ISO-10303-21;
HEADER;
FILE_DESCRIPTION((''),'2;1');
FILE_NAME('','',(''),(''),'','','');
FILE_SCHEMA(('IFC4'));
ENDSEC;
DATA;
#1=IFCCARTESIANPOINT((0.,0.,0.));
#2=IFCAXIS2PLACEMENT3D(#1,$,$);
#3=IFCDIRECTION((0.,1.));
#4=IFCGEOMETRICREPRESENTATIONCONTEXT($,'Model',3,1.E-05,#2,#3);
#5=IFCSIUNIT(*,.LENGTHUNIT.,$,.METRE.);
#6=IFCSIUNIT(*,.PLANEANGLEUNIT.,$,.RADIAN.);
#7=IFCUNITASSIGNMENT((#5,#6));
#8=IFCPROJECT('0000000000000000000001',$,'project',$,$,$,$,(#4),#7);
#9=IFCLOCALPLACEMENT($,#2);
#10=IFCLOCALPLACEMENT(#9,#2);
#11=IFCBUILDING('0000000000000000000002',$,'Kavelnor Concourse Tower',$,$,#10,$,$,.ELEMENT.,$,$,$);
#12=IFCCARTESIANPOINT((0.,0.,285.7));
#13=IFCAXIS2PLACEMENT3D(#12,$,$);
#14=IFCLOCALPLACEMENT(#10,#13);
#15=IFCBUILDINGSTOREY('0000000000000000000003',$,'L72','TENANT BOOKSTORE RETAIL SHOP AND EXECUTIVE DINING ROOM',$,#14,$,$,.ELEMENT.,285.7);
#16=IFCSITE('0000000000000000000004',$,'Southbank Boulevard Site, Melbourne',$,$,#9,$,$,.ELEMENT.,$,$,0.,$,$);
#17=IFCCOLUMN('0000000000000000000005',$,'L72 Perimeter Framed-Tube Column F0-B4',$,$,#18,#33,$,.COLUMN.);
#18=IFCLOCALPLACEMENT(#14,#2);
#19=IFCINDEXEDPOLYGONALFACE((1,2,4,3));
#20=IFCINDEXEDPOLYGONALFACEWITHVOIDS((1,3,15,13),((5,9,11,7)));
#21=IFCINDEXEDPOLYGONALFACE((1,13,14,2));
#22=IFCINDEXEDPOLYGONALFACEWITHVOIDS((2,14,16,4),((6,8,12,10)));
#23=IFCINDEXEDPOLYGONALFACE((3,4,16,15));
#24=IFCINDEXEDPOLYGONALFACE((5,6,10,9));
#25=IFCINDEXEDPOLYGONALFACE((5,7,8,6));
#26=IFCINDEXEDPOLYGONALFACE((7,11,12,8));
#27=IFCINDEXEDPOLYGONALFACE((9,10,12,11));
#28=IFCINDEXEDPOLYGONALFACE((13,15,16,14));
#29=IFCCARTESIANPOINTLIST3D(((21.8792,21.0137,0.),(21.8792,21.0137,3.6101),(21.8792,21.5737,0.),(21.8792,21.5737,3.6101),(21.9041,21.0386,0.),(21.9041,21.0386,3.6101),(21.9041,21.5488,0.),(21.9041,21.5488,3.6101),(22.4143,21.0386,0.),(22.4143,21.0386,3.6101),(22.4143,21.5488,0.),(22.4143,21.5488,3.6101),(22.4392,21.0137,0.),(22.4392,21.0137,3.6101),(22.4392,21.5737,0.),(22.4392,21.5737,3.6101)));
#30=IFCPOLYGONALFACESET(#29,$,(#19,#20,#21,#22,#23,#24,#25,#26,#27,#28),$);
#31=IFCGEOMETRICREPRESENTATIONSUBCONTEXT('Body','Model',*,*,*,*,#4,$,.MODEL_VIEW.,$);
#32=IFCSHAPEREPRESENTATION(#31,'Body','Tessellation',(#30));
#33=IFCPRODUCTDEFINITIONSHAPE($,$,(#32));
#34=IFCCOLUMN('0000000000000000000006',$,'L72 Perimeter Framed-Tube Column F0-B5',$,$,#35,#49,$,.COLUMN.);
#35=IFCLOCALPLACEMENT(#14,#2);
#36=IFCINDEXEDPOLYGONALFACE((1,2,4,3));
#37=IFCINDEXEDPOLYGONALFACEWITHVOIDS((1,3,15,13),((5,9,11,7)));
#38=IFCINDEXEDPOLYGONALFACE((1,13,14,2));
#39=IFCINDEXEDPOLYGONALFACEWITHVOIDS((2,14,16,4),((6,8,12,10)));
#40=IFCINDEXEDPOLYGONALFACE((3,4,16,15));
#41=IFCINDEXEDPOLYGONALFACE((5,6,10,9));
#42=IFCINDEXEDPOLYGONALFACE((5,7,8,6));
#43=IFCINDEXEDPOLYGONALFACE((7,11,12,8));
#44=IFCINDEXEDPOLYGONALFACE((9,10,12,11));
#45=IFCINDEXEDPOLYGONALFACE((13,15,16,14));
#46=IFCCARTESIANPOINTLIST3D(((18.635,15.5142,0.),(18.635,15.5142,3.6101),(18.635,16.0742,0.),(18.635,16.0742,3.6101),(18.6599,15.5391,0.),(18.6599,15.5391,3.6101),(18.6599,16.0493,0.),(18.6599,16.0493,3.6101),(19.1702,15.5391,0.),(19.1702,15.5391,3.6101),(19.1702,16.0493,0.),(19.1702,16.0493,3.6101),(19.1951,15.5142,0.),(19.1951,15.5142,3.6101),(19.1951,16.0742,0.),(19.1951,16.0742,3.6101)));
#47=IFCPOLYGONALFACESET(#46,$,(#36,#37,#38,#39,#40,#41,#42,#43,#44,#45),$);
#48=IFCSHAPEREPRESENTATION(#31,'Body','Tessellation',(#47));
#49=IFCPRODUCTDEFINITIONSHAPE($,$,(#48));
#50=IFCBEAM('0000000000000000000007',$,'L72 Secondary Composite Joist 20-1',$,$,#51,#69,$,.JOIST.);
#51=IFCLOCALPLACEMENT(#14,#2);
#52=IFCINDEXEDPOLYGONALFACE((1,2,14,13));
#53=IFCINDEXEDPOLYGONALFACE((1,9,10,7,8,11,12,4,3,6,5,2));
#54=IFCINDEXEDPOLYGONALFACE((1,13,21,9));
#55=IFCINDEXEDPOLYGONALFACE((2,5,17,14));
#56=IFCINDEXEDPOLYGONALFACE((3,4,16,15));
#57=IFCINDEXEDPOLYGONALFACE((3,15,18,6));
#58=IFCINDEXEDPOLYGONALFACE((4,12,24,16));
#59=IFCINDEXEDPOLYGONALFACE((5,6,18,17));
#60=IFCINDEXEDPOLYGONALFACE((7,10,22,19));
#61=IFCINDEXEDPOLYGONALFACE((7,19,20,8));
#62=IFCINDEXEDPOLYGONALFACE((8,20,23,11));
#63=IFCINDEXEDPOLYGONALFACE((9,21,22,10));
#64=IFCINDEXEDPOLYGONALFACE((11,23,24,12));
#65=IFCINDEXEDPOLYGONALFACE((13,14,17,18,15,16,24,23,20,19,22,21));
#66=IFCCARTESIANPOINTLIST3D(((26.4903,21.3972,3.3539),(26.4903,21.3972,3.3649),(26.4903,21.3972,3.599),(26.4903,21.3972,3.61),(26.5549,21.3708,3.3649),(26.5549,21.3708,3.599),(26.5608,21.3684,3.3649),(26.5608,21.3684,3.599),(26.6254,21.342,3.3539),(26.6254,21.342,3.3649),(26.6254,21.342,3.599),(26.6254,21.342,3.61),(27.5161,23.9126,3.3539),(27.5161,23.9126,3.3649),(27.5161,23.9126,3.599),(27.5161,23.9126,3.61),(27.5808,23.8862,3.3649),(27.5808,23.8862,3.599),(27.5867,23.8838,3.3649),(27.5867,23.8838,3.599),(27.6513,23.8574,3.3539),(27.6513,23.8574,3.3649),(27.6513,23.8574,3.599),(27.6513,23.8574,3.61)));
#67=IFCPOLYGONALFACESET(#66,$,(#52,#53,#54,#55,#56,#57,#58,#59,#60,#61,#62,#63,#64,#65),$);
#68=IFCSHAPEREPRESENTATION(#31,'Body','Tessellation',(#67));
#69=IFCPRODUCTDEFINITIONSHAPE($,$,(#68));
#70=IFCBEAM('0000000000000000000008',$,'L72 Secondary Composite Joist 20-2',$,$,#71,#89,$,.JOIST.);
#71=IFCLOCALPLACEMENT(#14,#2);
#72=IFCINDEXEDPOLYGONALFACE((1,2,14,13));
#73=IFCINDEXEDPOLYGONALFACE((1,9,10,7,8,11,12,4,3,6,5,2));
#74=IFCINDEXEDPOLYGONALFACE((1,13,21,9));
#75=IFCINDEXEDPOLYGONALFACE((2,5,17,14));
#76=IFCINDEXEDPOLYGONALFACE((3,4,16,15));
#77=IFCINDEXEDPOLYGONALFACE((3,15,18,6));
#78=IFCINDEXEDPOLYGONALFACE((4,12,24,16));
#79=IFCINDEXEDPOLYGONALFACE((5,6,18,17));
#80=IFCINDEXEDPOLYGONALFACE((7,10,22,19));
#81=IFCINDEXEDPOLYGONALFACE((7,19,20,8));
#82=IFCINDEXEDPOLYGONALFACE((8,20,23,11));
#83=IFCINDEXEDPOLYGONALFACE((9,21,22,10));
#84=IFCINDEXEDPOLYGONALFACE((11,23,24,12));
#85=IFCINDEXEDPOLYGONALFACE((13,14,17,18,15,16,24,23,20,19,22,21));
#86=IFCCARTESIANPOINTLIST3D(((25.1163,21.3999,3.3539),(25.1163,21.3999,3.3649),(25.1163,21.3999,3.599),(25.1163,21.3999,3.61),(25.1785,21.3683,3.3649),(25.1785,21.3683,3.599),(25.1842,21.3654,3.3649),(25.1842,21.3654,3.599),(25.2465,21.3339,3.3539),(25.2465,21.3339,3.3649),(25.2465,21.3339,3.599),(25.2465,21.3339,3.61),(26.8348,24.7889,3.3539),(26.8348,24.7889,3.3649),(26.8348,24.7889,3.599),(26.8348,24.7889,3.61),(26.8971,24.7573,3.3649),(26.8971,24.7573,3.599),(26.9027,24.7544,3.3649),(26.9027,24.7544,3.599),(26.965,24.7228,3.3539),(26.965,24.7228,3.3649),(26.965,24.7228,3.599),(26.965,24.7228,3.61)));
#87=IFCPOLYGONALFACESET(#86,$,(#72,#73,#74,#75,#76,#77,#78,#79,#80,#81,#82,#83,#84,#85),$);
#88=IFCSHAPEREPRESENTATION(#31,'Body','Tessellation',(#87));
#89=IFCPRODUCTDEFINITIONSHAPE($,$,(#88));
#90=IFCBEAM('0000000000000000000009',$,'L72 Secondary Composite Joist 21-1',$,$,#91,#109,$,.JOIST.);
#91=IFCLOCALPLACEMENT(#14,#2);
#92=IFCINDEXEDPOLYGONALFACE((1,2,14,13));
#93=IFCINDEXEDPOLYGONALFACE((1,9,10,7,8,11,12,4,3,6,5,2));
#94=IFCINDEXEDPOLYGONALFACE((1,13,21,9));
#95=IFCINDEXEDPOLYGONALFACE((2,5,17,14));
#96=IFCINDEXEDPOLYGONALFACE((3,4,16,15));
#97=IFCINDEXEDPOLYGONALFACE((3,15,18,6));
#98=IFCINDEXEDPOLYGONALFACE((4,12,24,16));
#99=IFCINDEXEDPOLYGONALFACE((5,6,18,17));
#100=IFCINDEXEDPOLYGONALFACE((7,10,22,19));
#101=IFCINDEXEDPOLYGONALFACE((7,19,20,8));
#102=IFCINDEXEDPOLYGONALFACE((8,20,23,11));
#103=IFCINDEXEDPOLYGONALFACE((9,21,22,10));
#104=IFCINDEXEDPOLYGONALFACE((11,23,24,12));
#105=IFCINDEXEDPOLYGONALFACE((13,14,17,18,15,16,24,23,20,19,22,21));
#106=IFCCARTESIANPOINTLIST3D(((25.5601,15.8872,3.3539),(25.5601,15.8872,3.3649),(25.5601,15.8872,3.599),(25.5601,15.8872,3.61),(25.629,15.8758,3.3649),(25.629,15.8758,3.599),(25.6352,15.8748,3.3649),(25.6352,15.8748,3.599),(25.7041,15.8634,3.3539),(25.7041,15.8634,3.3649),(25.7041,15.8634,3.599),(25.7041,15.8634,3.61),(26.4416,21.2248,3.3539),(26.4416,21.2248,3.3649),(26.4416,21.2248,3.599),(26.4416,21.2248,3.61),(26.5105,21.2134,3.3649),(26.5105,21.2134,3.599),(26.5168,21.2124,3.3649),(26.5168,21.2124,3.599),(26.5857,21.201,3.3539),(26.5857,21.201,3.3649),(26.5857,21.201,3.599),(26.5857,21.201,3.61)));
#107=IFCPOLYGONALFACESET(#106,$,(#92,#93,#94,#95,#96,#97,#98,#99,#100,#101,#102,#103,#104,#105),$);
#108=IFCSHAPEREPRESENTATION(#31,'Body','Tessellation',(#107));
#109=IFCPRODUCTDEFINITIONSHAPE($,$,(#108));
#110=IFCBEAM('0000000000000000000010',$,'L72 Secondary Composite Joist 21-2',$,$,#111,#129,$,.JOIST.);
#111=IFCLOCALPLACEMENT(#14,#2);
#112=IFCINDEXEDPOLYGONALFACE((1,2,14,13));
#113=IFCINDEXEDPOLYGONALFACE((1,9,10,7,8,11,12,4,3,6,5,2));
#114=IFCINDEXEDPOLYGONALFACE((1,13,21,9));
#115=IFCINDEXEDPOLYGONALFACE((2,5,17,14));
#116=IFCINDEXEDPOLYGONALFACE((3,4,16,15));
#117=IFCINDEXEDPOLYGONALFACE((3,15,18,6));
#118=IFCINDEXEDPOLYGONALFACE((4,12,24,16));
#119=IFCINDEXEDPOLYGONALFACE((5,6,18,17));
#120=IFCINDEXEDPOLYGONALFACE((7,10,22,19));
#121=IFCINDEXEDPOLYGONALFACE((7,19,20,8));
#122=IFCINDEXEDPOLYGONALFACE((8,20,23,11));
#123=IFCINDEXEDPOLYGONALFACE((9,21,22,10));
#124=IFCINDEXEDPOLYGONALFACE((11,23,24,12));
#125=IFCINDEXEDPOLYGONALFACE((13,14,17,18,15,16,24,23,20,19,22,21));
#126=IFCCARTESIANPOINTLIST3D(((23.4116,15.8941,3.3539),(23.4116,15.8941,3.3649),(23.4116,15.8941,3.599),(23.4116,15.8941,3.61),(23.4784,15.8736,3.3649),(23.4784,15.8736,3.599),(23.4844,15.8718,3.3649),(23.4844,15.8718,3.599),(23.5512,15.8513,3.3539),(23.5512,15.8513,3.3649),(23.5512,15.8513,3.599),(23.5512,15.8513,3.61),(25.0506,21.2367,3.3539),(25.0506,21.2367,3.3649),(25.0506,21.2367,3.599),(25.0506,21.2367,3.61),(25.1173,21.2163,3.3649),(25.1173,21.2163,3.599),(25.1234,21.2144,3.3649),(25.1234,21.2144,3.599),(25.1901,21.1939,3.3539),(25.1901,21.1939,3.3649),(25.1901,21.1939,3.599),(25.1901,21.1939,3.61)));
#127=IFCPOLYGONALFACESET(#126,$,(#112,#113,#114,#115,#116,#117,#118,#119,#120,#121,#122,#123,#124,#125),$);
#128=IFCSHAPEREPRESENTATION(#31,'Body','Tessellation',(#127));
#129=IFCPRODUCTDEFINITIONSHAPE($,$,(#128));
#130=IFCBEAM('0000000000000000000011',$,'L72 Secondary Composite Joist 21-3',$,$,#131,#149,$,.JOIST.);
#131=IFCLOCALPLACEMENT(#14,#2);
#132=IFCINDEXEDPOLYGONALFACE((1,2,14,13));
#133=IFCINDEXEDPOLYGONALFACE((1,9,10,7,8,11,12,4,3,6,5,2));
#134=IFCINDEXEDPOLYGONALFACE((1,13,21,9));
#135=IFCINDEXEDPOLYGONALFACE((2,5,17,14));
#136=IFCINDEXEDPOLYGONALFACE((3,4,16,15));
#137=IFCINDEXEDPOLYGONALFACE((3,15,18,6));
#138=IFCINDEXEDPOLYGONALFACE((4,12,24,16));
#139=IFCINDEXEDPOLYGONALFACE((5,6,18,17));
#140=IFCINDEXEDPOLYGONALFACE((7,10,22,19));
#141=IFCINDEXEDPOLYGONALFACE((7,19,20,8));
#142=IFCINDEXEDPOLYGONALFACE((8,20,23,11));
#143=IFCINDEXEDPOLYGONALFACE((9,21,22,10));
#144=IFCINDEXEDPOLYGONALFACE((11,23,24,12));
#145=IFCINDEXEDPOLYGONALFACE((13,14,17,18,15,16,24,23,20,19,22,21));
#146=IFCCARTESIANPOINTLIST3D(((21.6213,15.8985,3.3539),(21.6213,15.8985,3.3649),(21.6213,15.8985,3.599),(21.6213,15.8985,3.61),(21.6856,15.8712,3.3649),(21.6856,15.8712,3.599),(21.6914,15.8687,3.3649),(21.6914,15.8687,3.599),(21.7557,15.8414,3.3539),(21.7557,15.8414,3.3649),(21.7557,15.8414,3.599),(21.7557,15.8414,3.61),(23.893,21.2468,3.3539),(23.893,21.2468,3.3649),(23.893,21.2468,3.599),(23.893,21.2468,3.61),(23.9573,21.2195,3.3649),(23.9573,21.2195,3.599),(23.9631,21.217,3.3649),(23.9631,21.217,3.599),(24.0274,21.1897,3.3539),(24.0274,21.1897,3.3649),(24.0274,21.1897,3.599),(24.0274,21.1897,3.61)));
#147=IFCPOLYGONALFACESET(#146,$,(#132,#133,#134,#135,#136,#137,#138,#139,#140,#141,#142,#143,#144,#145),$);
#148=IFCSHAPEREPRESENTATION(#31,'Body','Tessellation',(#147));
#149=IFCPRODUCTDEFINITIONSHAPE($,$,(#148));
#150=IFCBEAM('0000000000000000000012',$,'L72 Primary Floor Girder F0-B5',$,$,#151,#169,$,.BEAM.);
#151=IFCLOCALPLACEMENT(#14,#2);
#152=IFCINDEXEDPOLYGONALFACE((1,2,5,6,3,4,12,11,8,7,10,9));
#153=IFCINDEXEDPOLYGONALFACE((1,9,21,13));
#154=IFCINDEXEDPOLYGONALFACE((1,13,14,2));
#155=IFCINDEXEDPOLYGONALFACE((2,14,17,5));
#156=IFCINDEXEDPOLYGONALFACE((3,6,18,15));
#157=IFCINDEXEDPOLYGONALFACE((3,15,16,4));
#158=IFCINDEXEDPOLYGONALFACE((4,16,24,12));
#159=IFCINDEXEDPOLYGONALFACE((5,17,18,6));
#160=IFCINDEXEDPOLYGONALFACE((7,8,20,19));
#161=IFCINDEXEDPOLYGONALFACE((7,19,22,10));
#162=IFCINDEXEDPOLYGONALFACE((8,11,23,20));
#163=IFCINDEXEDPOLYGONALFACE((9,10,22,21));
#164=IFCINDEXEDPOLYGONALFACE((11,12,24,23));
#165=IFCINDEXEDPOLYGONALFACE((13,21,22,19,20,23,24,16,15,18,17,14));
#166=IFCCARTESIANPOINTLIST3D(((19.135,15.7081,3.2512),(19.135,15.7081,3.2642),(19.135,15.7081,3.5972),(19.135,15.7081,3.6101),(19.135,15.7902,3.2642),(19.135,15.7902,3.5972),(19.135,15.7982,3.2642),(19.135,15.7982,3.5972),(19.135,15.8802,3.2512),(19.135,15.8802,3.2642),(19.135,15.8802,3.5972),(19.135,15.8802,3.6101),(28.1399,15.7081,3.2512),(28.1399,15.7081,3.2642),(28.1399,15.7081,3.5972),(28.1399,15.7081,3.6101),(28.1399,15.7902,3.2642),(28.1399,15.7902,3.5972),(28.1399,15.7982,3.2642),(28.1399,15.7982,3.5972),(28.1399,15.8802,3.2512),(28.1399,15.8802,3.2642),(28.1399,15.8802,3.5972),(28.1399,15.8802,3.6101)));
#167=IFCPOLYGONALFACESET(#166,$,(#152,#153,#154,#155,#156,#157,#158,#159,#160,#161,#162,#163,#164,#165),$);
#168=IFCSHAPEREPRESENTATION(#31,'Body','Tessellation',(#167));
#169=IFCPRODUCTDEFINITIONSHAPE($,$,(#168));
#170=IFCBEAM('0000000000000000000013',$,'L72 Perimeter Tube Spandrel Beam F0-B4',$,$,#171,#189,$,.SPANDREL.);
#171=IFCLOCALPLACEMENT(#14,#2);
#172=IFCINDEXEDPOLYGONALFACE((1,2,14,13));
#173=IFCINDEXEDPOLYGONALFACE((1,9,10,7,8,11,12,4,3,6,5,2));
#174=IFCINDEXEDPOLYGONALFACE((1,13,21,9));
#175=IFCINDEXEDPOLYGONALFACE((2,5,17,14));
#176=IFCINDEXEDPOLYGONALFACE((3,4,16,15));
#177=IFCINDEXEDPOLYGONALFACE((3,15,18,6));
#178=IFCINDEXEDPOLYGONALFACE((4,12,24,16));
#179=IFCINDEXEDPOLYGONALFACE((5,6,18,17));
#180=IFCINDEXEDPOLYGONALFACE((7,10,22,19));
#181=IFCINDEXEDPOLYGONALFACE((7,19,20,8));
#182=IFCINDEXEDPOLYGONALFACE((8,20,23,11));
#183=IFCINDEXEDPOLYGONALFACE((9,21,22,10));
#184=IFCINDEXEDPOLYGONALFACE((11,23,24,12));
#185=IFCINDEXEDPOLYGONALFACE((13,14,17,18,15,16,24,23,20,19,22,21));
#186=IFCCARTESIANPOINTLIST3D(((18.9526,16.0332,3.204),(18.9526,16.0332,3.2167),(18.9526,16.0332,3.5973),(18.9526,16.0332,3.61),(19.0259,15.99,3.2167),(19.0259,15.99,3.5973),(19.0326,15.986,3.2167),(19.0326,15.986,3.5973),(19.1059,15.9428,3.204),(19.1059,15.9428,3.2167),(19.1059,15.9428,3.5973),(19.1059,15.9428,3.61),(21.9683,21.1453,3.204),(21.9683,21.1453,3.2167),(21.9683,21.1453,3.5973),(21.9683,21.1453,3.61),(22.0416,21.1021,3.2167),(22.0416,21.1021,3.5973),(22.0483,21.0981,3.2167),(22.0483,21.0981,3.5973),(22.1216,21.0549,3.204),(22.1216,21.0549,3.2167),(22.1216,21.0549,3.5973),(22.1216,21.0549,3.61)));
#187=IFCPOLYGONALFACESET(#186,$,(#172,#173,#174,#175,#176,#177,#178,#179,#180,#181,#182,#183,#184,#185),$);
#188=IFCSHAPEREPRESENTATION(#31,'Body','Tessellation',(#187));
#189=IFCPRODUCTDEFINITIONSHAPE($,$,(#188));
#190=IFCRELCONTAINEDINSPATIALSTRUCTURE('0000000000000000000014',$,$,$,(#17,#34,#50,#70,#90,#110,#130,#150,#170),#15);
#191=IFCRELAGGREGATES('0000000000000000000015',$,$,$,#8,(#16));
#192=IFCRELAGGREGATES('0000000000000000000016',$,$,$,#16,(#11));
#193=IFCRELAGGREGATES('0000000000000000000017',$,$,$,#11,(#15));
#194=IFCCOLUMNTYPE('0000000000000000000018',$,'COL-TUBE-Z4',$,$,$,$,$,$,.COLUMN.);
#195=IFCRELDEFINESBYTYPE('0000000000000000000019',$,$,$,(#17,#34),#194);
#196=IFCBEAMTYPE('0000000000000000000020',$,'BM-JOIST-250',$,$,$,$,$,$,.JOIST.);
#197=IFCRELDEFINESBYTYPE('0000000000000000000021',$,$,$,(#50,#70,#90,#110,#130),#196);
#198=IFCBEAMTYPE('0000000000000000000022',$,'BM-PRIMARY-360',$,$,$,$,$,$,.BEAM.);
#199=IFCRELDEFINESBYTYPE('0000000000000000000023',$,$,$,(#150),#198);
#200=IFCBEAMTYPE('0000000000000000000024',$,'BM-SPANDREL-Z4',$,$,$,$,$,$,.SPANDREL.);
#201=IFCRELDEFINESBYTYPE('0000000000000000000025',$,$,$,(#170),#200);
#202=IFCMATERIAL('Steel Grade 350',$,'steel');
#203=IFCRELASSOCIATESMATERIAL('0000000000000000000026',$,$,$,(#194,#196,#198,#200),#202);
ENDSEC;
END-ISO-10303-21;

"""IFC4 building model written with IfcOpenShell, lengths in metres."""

from ifc_helpers import new_model, si_unit, direction, frame, origin, origin_2d, place, context, subcontext, project, spatial, hollow_rectangle, i_section, extrude, material, material_profile, profile_set, type_object, element, save


model = new_model("IFC4")

# Units and contexts
model_context = context("Model", 3, precision=1e-05, world=origin(), true_north=direction((0.0, 1.0)))
body_context = subcontext(model_context, "Body", "Model", "MODEL_VIEW")
ifc_project = project(units=[si_unit("LENGTHUNIT", "METRE"), si_unit("PLANEANGLEUNIT", "RADIAN")], contexts=[model_context])

# Site, building, storey
site_placement = place(None, origin())
site = spatial("IfcSite", under=ifc_project, at=site_placement, Name="Southbank Boulevard Site, Melbourne", CompositionType="ELEMENT", RefElevation=0.0)
building_placement = place(site_placement, origin())
building = spatial("IfcBuilding", under=site, at=building_placement, Name="Kavelnor Concourse Tower", CompositionType="ELEMENT")
storey_placement = place(building_placement, frame((0.0, 0.0, 285.7)))
storey = spatial("IfcBuildingStorey", under=building, at=storey_placement, Name="L72", Description="TENANT BOOKSTORE RETAIL SHOP AND EXECUTIVE DINING ROOM", CompositionType="ELEMENT", Elevation=285.7)

# Columns
ifc_material_1 = material(Name="Steel Grade 350", Category="steel")
ifc_material_profile_1 = material_profile(ifc_material_1, hollow_rectangle(XDim=0.5601, YDim=0.5601, WallThickness=0.0249, at=origin_2d()), Name="SHS 560x560x25")
ifc_profile_set_1 = profile_set([ifc_material_profile_1], Name="Steel Grade 350")
column_type = type_object("IfcColumnType", Name="COL-TUBE-Z4", PredefinedType="COLUMN", material=ifc_profile_set_1)
for number, where, z_axis, x_axis, name in (
    (1, (22.1592, 21.2937, 0.0), (0.0, 0.0, 1.0), (1.0, 0.0, 0.0), "L72 Perimeter Framed-Tube Column F0-B4"),
    (2, (18.915, 15.7942, 0.0), (0.0, 0.0, 1.0), (1.0, 0.0, 0.0), "L72 Perimeter Framed-Tube Column F0-B5"),
):
    element("IfcColumn", number, at=place(storey_placement, frame(where, z_axis=z_axis, x_axis=x_axis)), inside=storey, type_object=column_type, Name=name, PredefinedType="COLUMN", context=body_context, shape_type="SweptSolid", body=[
        extrude(hollow_rectangle(XDim=0.5601, YDim=0.5601, WallThickness=0.0249, at=origin_2d()), origin(), (0.0, 0.0, 1.0), 3.6101),
    ])

# Beams
ifc_material_profile_2 = material_profile(ifc_material_1, i_section(OverallWidth=0.146, OverallDepth=0.2561, WebThickness=0.0063, FlangeThickness=0.011, at=origin_2d()), Name="250UB37")
ifc_profile_set_2 = profile_set([ifc_material_profile_2], Name="Steel Grade 350")
beam_type_1 = type_object("IfcBeamType", Name="BM-JOIST-250", PredefinedType="JOIST", material=ifc_profile_set_2)
beam_1_placement = place(storey_placement, frame((27.5837, 23.885, 3.4819), z_axis=(-0.377642, -0.925952, 0.0), x_axis=(0.925952, -0.377642, 0.0)))
element("IfcBeam", 3, at=beam_1_placement, inside=storey, type_object=beam_type_1, Name="L72 Secondary Composite Joist 20-1", PredefinedType="JOIST", context=body_context, shape_type="SweptSolid", body=[
    extrude(i_section(OverallWidth=0.146, OverallDepth=0.2561, WebThickness=0.0063, FlangeThickness=0.011, at=origin_2d()), origin(), (0.0, 0.0, 1.0), 2.7166),
])
beam_2_placement = place(storey_placement, frame((26.8999, 24.7559, 3.4819), z_axis=(-0.452269, -0.891881, 0.0), x_axis=(0.891881, -0.452269, 0.0)))
element("IfcBeam", 4, at=beam_2_placement, inside=storey, type_object=beam_type_1, Name="L72 Secondary Composite Joist 20-2", PredefinedType="JOIST", context=body_context, shape_type="SweptSolid", body=[
    extrude(i_section(OverallWidth=0.146, OverallDepth=0.2561, WebThickness=0.0063, FlangeThickness=0.011, at=origin_2d()), origin(), (0.0, 0.0, 1.0), 3.7998),
])
beam_3_placement = place(storey_placement, frame((26.5137, 21.2129, 3.4819), z_axis=(-0.162957, -0.986633, 0.0), x_axis=(0.986633, -0.162957, 0.0)))
element("IfcBeam", 5, at=beam_3_placement, inside=storey, type_object=beam_type_1, Name="L72 Secondary Composite Joist 21-1", PredefinedType="JOIST", context=body_context, shape_type="SweptSolid", body=[
    extrude(i_section(OverallWidth=0.146, OverallDepth=0.2561, WebThickness=0.0063, FlangeThickness=0.011, at=origin_2d()), origin(), (0.0, 0.0, 1.0), 5.4099),
])
beam_4_placement = place(storey_placement, frame((25.1204, 21.2153, 3.4819), z_axis=(-0.293278, -0.956027, 0.0), x_axis=(0.956027, -0.293278, 0.0)))
element("IfcBeam", 6, at=beam_4_placement, inside=storey, type_object=beam_type_1, Name="L72 Secondary Composite Joist 21-2", PredefinedType="JOIST", context=body_context, shape_type="SweptSolid", body=[
    extrude(i_section(OverallWidth=0.146, OverallDepth=0.2561, WebThickness=0.0063, FlangeThickness=0.011, at=origin_2d()), origin(), (0.0, 0.0, 1.0), 5.5884),
])
beam_5_placement = place(storey_placement, frame((23.9602, 21.2183, 3.4819), z_axis=(-0.390946, -0.920414, 0.0), x_axis=(0.920414, -0.390946, 0.0)))
element("IfcBeam", 7, at=beam_5_placement, inside=storey, type_object=beam_type_1, Name="L72 Secondary Composite Joist 21-3", PredefinedType="JOIST", context=body_context, shape_type="SweptSolid", body=[
    extrude(i_section(OverallWidth=0.146, OverallDepth=0.2561, WebThickness=0.0063, FlangeThickness=0.011, at=origin_2d()), origin(), (0.0, 0.0, 1.0), 5.8108),
])
ifc_material_profile_3 = material_profile(ifc_material_1, i_section(OverallWidth=0.1721, OverallDepth=0.3589, WebThickness=0.0081, FlangeThickness=0.0129, at=origin_2d()), Name="360UB56")
ifc_profile_set_3 = profile_set([ifc_material_profile_3], Name="Steel Grade 350")
beam_type_2 = type_object("IfcBeamType", Name="BM-PRIMARY-360", PredefinedType="BEAM", material=ifc_profile_set_3)
beam_6_placement = place(storey_placement, frame((28.1399, 15.7942, 3.4307), z_axis=(-1.0, 0.0, 0.0), x_axis=(0.0, -1.0, 0.0)))
element("IfcBeam", 8, at=beam_6_placement, inside=storey, type_object=beam_type_2, Name="L72 Primary Floor Girder F0-B5", PredefinedType="BEAM", context=body_context, shape_type="SweptSolid", body=[
    extrude(i_section(OverallWidth=0.1721, OverallDepth=0.3589, WebThickness=0.0081, FlangeThickness=0.0129, at=origin_2d()), origin(), (0.0, 0.0, 1.0), 9.0049),
])
ifc_material_profile_4 = material_profile(ifc_material_1, i_section(OverallWidth=0.178, OverallDepth=0.406, WebThickness=0.0078, FlangeThickness=0.0127, at=origin_2d()), Name="410UB59")
ifc_profile_set_4 = profile_set([ifc_material_profile_4], Name="Steel Grade 350")
beam_type_3 = type_object("IfcBeamType", Name="BM-SPANDREL-Z4", PredefinedType="SPANDREL", material=ifc_profile_set_4)
beam_7_placement = place(storey_placement, frame((22.0449, 21.1001, 3.407), z_axis=(-0.508088, -0.861305, 0.0), x_axis=(0.861305, -0.508088, 0.0)))
element("IfcBeam", 9, at=beam_7_placement, inside=storey, type_object=beam_type_3, Name="L72 Perimeter Tube Spandrel Beam F0-B4", PredefinedType="SPANDREL", context=body_context, shape_type="SweptSolid", body=[
    extrude(i_section(OverallWidth=0.178, OverallDepth=0.406, WebThickness=0.0078, FlangeThickness=0.0127, at=origin_2d()), origin(), (0.0, 0.0, 1.0), 5.9353),
])

save(model, "model.ifc")
